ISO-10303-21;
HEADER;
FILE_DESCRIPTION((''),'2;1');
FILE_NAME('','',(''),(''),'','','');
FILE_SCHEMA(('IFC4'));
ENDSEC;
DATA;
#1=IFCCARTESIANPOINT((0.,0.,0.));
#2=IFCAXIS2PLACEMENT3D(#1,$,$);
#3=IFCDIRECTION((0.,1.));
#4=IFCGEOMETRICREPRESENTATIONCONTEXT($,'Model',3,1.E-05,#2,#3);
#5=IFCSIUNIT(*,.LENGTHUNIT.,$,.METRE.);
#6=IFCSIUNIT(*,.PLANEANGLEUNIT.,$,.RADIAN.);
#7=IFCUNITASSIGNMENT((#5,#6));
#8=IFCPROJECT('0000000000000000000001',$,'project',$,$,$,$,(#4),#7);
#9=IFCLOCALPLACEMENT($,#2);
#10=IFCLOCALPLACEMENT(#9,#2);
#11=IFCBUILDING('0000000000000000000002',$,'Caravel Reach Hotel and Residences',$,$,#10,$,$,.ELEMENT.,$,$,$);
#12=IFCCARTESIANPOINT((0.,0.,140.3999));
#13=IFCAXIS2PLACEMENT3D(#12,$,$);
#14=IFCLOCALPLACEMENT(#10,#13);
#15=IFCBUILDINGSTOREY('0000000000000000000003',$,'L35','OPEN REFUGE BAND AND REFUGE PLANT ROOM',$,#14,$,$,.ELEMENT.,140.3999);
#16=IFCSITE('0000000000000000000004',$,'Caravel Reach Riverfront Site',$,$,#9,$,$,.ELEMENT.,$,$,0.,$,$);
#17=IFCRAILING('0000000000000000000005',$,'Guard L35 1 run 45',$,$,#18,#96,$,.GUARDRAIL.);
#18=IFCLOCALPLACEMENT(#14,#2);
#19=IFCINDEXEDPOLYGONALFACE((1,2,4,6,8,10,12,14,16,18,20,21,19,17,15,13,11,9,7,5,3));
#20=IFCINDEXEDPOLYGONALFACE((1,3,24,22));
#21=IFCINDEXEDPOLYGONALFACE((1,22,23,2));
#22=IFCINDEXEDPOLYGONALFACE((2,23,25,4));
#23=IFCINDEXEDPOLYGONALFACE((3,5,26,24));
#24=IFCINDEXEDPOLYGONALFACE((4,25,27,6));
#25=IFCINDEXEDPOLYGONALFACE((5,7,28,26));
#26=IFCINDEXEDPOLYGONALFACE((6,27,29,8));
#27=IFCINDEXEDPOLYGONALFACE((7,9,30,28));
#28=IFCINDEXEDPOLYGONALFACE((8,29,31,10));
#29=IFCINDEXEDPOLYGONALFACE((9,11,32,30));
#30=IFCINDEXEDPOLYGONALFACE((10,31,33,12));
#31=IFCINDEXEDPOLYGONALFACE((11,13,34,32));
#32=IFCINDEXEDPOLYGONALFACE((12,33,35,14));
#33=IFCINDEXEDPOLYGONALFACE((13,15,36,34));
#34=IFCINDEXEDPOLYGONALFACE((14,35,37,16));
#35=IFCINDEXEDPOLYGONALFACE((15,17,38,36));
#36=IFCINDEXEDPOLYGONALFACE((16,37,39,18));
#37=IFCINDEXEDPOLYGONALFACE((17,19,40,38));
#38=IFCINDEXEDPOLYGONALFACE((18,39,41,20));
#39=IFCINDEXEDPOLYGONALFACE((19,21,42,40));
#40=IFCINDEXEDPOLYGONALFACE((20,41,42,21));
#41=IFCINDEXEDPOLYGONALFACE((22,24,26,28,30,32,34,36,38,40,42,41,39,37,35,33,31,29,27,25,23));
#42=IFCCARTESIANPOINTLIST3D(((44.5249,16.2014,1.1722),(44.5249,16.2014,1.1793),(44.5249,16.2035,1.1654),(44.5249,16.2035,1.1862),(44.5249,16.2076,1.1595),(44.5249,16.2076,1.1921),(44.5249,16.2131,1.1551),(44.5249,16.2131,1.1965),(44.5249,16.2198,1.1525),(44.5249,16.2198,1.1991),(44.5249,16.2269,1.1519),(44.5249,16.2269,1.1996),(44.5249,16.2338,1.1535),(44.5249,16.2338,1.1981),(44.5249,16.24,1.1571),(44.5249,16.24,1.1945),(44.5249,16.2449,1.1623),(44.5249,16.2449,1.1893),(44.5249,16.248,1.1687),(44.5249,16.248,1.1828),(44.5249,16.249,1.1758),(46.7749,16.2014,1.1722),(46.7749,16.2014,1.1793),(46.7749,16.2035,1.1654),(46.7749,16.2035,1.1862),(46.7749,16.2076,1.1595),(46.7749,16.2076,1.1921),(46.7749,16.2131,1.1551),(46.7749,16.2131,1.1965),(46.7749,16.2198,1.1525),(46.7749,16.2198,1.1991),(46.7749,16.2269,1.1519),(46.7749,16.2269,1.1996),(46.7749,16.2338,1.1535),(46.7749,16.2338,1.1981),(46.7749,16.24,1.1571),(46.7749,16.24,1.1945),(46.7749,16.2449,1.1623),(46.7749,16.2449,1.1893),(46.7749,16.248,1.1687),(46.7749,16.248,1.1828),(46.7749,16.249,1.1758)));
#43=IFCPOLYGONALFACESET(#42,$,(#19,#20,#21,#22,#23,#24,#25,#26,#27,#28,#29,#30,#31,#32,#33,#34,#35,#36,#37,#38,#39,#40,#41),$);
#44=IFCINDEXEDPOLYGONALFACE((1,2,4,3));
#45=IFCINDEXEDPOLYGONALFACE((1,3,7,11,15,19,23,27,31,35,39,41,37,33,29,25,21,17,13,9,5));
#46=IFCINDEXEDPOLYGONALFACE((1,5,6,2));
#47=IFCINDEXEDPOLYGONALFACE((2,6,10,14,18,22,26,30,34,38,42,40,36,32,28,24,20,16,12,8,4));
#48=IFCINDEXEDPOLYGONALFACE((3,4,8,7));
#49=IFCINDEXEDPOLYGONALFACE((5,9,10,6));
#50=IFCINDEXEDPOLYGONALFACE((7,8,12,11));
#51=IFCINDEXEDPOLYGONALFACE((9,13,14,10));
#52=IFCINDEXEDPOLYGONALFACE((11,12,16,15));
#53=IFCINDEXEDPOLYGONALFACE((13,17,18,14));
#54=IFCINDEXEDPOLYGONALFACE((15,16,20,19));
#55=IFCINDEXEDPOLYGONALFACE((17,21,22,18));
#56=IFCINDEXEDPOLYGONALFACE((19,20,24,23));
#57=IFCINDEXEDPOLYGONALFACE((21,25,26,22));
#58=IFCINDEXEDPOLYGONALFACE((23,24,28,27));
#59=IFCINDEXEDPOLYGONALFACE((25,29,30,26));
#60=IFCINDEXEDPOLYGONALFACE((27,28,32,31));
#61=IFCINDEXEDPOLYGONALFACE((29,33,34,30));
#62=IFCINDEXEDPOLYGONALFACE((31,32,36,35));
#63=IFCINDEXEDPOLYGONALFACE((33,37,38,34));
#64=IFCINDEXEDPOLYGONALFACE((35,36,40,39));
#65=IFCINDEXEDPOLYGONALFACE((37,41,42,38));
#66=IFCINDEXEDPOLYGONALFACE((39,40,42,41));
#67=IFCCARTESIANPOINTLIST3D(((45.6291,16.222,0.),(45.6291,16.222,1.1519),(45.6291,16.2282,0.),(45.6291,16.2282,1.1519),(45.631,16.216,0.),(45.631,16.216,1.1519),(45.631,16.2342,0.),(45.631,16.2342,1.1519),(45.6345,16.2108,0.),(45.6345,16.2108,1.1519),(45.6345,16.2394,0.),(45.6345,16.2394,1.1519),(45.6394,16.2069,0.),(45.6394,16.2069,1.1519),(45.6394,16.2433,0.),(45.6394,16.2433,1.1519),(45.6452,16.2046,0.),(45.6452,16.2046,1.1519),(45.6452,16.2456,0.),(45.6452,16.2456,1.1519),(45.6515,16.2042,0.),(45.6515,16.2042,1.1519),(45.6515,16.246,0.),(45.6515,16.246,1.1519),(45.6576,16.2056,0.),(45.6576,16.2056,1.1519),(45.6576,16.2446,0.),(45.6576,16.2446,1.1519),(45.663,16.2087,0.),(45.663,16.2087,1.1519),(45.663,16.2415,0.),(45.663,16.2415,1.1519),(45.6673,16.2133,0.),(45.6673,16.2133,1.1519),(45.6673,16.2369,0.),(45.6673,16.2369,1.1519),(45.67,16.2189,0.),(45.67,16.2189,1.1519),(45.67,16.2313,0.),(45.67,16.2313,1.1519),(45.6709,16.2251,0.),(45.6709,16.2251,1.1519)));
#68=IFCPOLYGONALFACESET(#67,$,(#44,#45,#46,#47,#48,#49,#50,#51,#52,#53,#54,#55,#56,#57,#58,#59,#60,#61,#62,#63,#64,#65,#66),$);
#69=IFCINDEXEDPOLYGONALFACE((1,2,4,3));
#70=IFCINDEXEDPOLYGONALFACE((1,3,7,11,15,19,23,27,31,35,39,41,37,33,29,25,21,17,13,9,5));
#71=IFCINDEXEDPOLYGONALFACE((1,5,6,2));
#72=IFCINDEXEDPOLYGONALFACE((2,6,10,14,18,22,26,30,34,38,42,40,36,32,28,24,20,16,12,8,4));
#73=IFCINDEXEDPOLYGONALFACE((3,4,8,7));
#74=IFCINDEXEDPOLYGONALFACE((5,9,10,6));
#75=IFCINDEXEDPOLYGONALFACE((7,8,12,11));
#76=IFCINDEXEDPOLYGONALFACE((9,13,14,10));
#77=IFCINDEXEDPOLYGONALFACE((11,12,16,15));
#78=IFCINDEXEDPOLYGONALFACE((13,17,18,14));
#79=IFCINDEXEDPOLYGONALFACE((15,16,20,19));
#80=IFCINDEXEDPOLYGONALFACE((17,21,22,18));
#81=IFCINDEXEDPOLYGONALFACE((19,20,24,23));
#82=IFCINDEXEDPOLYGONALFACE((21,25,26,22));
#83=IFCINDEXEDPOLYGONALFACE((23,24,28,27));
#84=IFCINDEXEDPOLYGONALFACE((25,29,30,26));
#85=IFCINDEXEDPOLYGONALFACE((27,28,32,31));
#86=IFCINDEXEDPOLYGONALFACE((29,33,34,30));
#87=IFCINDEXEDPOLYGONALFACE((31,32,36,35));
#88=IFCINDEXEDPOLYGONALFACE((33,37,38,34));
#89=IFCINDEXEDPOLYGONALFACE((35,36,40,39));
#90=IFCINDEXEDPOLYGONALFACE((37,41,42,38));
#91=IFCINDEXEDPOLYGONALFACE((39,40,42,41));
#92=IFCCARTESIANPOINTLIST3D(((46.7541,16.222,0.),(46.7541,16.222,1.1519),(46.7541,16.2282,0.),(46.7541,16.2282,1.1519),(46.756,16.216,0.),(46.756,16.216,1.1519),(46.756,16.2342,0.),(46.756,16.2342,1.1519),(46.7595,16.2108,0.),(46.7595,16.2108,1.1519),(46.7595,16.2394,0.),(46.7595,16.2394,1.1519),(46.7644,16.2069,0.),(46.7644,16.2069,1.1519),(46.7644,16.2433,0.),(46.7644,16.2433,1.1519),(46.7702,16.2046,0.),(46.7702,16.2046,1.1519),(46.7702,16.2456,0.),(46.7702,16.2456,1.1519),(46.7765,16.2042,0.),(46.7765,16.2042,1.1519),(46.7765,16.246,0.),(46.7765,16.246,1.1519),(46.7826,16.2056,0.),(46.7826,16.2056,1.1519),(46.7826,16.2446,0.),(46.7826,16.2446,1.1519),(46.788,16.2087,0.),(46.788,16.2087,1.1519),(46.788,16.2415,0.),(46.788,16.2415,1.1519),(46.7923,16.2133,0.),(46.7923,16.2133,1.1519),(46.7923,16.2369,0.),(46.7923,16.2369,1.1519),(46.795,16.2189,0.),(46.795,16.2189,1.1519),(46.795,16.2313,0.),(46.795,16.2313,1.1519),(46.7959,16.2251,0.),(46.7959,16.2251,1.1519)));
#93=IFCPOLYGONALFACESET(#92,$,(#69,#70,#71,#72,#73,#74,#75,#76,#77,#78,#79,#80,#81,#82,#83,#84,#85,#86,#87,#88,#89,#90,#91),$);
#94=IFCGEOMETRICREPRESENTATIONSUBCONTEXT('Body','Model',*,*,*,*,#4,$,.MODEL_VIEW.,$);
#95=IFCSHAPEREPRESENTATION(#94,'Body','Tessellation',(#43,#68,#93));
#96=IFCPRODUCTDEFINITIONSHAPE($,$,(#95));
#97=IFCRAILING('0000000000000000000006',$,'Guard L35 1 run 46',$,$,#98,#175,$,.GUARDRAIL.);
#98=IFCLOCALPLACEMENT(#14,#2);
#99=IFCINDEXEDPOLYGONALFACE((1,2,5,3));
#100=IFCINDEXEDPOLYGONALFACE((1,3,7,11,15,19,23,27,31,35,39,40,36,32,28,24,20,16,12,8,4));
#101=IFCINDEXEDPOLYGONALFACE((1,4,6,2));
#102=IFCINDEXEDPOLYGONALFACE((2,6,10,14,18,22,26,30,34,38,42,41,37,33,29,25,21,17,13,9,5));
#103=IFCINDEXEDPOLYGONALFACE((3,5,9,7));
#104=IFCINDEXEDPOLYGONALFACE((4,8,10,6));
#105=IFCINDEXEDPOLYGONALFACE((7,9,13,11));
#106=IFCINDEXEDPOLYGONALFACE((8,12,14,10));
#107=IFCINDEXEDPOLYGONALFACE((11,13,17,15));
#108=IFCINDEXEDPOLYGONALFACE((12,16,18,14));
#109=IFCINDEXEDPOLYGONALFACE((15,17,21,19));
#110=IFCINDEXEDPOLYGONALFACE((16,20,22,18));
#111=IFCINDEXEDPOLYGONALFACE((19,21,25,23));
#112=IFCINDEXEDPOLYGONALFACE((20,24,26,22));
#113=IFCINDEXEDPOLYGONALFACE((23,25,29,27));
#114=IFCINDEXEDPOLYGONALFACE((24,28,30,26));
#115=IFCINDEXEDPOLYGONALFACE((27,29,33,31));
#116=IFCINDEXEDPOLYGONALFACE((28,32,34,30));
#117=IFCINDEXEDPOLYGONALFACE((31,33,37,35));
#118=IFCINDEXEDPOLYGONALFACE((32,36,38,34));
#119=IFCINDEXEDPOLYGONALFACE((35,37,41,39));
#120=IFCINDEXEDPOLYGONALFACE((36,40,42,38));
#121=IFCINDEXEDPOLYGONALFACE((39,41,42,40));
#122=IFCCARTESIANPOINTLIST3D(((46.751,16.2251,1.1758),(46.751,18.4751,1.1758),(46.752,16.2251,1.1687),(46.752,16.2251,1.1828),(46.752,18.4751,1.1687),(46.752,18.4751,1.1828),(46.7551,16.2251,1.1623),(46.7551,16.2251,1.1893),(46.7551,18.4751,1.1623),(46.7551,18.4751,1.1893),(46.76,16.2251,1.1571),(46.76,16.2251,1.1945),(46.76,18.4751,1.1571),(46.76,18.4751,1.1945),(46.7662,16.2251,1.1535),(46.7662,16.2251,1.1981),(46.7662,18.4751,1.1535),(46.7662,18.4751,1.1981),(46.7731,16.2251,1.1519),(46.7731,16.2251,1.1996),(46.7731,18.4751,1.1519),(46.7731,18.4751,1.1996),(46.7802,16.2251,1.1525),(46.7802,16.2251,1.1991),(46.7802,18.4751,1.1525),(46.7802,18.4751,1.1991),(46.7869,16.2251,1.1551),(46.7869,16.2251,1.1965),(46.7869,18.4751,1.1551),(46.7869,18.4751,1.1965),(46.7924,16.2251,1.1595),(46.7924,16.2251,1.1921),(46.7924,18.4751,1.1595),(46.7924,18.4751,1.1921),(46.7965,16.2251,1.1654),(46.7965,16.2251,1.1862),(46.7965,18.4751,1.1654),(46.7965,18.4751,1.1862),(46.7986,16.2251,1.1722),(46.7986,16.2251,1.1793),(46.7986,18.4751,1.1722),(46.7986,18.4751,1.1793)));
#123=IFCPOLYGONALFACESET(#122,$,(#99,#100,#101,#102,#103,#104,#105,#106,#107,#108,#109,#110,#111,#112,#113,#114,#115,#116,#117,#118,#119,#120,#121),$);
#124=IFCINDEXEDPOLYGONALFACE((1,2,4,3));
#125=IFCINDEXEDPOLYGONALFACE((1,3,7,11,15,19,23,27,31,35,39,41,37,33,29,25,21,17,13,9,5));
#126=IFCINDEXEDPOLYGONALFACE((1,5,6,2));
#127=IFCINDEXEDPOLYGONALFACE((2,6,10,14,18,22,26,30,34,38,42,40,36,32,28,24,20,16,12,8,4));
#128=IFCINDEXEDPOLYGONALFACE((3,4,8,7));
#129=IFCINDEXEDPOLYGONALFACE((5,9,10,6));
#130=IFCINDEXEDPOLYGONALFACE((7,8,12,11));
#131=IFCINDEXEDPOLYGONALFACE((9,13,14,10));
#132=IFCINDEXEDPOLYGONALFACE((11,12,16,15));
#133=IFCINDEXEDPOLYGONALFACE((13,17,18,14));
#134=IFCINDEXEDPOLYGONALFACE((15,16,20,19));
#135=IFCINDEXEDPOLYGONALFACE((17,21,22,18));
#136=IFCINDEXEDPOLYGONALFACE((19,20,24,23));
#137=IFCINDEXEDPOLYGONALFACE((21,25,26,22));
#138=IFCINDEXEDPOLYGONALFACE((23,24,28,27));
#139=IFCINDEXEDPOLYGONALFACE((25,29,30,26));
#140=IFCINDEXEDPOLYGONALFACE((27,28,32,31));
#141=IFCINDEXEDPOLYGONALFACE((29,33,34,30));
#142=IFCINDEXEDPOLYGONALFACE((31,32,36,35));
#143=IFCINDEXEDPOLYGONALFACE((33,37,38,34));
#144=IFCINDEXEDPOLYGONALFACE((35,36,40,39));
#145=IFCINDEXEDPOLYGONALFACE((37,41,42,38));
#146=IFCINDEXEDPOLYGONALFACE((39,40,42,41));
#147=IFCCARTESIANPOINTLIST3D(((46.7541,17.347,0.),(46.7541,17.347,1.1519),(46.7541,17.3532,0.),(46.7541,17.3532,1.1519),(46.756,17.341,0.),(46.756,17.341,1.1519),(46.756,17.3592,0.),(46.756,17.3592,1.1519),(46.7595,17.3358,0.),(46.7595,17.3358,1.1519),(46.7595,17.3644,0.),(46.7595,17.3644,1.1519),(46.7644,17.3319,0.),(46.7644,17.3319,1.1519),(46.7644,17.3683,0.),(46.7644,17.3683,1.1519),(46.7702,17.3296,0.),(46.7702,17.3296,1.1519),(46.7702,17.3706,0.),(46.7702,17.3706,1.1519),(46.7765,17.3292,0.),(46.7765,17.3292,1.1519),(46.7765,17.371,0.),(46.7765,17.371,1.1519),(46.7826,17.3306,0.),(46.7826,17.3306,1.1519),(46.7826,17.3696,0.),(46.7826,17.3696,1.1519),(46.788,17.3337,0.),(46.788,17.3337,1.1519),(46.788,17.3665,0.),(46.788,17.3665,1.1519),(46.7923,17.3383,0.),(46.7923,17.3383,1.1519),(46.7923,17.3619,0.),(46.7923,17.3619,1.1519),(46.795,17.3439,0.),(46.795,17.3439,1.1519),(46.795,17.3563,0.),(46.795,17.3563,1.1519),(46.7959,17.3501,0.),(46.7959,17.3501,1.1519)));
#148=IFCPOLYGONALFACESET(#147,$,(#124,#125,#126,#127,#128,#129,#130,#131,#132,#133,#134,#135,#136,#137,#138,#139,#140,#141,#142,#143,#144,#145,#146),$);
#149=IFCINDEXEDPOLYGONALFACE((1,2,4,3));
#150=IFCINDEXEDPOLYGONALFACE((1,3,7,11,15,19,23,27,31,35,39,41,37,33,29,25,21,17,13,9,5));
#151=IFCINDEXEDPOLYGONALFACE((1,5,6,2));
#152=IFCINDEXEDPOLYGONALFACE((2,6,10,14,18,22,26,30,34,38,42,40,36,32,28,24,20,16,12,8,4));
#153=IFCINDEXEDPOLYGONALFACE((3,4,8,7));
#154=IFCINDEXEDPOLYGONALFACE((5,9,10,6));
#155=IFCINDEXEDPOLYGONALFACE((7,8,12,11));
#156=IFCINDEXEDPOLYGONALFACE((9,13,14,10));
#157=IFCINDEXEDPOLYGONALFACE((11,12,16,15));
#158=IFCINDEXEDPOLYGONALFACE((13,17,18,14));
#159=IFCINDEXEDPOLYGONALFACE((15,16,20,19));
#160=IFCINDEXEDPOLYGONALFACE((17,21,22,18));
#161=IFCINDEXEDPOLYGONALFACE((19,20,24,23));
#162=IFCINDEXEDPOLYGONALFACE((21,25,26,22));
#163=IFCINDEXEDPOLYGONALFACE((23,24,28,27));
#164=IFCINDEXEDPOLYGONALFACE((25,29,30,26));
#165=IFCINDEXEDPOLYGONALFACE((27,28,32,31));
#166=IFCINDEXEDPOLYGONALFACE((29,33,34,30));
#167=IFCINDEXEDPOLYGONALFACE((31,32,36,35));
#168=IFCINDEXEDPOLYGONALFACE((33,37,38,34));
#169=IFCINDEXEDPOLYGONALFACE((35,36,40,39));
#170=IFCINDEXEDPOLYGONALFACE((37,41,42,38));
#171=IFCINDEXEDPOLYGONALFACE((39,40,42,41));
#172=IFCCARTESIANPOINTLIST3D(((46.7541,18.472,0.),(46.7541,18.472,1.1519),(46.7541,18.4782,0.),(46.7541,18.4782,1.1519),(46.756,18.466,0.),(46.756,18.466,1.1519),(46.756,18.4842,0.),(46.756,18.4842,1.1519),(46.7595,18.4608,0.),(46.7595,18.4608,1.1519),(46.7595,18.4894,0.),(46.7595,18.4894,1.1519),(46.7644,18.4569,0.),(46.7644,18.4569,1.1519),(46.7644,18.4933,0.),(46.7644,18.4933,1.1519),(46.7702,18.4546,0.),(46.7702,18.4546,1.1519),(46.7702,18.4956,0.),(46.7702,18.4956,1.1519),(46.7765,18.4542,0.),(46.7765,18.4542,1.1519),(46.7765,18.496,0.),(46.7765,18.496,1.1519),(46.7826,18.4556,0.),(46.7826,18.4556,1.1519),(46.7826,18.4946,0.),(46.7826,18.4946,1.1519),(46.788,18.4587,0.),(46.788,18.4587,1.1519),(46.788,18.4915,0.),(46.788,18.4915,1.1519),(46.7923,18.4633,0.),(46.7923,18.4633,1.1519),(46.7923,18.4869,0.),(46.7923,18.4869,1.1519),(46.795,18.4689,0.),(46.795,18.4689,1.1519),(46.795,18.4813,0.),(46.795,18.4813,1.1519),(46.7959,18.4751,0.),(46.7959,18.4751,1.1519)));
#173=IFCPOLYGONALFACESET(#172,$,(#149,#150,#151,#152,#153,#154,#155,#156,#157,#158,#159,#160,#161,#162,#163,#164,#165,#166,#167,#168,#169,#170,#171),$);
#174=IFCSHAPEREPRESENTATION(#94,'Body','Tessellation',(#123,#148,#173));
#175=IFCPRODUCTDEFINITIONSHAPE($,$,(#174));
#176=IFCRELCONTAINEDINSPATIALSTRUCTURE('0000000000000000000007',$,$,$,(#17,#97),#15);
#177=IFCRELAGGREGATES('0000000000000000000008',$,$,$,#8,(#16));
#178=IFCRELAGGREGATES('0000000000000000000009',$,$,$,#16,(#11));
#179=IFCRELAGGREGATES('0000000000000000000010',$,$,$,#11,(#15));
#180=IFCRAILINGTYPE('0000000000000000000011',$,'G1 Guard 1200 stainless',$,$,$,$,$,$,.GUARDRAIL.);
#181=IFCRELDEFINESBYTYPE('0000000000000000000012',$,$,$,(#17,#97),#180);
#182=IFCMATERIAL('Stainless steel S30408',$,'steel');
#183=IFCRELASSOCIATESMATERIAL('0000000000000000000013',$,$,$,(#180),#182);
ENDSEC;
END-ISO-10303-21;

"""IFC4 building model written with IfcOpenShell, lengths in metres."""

from ifc_helpers import new_model, si_unit, direction, frame, origin, origin_2d, place, context, subcontext, project, spatial, circle, extrude, material, type_object, element, save


model = new_model("IFC4")

# Units and contexts
model_context = context("Model", 3, precision=1e-05, world=origin(), true_north=direction((0.0, 1.0)))
body_context = subcontext(model_context, "Body", "Model", "MODEL_VIEW")
ifc_project = project(units=[si_unit("LENGTHUNIT", "METRE"), si_unit("PLANEANGLEUNIT", "RADIAN")], contexts=[model_context])

# Site, building, storey
site_placement = place(None, origin())
site = spatial("IfcSite", under=ifc_project, at=site_placement, Name="Caravel Reach Riverfront Site", CompositionType="ELEMENT", RefElevation=0.0)
building_placement = place(site_placement, origin())
building = spatial("IfcBuilding", under=site, at=building_placement, Name="Caravel Reach Hotel and Residences", CompositionType="ELEMENT")
storey_placement = place(building_placement, frame((0.0, 0.0, 140.3999)))
storey = spatial("IfcBuildingStorey", under=building, at=storey_placement, Name="L35", Description="OPEN REFUGE BAND AND REFUGE PLANT ROOM", CompositionType="ELEMENT", Elevation=140.3999)

# Railings
ifc_material_1 = material(Name="Stainless steel S30408", Category="steel")
railing_type = type_object("IfcRailingType", Name="G1 Guard 1200 stainless", PredefinedType="GUARDRAIL", material=ifc_material_1)
railing_1_placement = place(storey_placement, frame((44.5249, 16.2251, 0.0)))
element("IfcRailing", 1, at=railing_1_placement, inside=storey, type_object=railing_type, Name="Guard L35 1 run 45", PredefinedType="GUARDRAIL", context=body_context, shape_type="SweptSolid", body=[
    extrude(circle(Radius=0.0239, at=origin_2d()), frame((0.0, 0.0, 1.1758), z_axis=(1.0, 0.0, 0.0), x_axis=(0.0, 1.0, 0.0)), (0.0, 0.0, 1.0), 2.25),
    extrude(circle(Radius=0.021, at=origin_2d()), frame((1.125, 0.0, 0.0)), (0.0, 0.0, 1.0), 1.1519),
    extrude(circle(Radius=0.021, at=origin_2d()), frame((2.25, 0.0, 0.0)), (0.0, 0.0, 1.0), 1.1519),
])
railing_2_placement = place(storey_placement, frame((46.7749, 16.2251, 0.0)))
element("IfcRailing", 2, at=railing_2_placement, inside=storey, type_object=railing_type, Name="Guard L35 1 run 46", PredefinedType="GUARDRAIL", context=body_context, shape_type="SweptSolid", body=[
    extrude(circle(Radius=0.0239, at=origin_2d()), frame((0.0, 0.0, 1.1758), z_axis=(0.0, 1.0, 0.0), x_axis=(-1.0, 0.0, 0.0)), (0.0, 0.0, 1.0), 2.25),
    extrude(circle(Radius=0.021, at=origin_2d()), frame((0.0, 1.125, 0.0)), (0.0, 0.0, 1.0), 1.1519),
    extrude(circle(Radius=0.021, at=origin_2d()), frame((0.0, 2.25, 0.0)), (0.0, 0.0, 1.0), 1.1519),
])

save(model, "model.ifc")
